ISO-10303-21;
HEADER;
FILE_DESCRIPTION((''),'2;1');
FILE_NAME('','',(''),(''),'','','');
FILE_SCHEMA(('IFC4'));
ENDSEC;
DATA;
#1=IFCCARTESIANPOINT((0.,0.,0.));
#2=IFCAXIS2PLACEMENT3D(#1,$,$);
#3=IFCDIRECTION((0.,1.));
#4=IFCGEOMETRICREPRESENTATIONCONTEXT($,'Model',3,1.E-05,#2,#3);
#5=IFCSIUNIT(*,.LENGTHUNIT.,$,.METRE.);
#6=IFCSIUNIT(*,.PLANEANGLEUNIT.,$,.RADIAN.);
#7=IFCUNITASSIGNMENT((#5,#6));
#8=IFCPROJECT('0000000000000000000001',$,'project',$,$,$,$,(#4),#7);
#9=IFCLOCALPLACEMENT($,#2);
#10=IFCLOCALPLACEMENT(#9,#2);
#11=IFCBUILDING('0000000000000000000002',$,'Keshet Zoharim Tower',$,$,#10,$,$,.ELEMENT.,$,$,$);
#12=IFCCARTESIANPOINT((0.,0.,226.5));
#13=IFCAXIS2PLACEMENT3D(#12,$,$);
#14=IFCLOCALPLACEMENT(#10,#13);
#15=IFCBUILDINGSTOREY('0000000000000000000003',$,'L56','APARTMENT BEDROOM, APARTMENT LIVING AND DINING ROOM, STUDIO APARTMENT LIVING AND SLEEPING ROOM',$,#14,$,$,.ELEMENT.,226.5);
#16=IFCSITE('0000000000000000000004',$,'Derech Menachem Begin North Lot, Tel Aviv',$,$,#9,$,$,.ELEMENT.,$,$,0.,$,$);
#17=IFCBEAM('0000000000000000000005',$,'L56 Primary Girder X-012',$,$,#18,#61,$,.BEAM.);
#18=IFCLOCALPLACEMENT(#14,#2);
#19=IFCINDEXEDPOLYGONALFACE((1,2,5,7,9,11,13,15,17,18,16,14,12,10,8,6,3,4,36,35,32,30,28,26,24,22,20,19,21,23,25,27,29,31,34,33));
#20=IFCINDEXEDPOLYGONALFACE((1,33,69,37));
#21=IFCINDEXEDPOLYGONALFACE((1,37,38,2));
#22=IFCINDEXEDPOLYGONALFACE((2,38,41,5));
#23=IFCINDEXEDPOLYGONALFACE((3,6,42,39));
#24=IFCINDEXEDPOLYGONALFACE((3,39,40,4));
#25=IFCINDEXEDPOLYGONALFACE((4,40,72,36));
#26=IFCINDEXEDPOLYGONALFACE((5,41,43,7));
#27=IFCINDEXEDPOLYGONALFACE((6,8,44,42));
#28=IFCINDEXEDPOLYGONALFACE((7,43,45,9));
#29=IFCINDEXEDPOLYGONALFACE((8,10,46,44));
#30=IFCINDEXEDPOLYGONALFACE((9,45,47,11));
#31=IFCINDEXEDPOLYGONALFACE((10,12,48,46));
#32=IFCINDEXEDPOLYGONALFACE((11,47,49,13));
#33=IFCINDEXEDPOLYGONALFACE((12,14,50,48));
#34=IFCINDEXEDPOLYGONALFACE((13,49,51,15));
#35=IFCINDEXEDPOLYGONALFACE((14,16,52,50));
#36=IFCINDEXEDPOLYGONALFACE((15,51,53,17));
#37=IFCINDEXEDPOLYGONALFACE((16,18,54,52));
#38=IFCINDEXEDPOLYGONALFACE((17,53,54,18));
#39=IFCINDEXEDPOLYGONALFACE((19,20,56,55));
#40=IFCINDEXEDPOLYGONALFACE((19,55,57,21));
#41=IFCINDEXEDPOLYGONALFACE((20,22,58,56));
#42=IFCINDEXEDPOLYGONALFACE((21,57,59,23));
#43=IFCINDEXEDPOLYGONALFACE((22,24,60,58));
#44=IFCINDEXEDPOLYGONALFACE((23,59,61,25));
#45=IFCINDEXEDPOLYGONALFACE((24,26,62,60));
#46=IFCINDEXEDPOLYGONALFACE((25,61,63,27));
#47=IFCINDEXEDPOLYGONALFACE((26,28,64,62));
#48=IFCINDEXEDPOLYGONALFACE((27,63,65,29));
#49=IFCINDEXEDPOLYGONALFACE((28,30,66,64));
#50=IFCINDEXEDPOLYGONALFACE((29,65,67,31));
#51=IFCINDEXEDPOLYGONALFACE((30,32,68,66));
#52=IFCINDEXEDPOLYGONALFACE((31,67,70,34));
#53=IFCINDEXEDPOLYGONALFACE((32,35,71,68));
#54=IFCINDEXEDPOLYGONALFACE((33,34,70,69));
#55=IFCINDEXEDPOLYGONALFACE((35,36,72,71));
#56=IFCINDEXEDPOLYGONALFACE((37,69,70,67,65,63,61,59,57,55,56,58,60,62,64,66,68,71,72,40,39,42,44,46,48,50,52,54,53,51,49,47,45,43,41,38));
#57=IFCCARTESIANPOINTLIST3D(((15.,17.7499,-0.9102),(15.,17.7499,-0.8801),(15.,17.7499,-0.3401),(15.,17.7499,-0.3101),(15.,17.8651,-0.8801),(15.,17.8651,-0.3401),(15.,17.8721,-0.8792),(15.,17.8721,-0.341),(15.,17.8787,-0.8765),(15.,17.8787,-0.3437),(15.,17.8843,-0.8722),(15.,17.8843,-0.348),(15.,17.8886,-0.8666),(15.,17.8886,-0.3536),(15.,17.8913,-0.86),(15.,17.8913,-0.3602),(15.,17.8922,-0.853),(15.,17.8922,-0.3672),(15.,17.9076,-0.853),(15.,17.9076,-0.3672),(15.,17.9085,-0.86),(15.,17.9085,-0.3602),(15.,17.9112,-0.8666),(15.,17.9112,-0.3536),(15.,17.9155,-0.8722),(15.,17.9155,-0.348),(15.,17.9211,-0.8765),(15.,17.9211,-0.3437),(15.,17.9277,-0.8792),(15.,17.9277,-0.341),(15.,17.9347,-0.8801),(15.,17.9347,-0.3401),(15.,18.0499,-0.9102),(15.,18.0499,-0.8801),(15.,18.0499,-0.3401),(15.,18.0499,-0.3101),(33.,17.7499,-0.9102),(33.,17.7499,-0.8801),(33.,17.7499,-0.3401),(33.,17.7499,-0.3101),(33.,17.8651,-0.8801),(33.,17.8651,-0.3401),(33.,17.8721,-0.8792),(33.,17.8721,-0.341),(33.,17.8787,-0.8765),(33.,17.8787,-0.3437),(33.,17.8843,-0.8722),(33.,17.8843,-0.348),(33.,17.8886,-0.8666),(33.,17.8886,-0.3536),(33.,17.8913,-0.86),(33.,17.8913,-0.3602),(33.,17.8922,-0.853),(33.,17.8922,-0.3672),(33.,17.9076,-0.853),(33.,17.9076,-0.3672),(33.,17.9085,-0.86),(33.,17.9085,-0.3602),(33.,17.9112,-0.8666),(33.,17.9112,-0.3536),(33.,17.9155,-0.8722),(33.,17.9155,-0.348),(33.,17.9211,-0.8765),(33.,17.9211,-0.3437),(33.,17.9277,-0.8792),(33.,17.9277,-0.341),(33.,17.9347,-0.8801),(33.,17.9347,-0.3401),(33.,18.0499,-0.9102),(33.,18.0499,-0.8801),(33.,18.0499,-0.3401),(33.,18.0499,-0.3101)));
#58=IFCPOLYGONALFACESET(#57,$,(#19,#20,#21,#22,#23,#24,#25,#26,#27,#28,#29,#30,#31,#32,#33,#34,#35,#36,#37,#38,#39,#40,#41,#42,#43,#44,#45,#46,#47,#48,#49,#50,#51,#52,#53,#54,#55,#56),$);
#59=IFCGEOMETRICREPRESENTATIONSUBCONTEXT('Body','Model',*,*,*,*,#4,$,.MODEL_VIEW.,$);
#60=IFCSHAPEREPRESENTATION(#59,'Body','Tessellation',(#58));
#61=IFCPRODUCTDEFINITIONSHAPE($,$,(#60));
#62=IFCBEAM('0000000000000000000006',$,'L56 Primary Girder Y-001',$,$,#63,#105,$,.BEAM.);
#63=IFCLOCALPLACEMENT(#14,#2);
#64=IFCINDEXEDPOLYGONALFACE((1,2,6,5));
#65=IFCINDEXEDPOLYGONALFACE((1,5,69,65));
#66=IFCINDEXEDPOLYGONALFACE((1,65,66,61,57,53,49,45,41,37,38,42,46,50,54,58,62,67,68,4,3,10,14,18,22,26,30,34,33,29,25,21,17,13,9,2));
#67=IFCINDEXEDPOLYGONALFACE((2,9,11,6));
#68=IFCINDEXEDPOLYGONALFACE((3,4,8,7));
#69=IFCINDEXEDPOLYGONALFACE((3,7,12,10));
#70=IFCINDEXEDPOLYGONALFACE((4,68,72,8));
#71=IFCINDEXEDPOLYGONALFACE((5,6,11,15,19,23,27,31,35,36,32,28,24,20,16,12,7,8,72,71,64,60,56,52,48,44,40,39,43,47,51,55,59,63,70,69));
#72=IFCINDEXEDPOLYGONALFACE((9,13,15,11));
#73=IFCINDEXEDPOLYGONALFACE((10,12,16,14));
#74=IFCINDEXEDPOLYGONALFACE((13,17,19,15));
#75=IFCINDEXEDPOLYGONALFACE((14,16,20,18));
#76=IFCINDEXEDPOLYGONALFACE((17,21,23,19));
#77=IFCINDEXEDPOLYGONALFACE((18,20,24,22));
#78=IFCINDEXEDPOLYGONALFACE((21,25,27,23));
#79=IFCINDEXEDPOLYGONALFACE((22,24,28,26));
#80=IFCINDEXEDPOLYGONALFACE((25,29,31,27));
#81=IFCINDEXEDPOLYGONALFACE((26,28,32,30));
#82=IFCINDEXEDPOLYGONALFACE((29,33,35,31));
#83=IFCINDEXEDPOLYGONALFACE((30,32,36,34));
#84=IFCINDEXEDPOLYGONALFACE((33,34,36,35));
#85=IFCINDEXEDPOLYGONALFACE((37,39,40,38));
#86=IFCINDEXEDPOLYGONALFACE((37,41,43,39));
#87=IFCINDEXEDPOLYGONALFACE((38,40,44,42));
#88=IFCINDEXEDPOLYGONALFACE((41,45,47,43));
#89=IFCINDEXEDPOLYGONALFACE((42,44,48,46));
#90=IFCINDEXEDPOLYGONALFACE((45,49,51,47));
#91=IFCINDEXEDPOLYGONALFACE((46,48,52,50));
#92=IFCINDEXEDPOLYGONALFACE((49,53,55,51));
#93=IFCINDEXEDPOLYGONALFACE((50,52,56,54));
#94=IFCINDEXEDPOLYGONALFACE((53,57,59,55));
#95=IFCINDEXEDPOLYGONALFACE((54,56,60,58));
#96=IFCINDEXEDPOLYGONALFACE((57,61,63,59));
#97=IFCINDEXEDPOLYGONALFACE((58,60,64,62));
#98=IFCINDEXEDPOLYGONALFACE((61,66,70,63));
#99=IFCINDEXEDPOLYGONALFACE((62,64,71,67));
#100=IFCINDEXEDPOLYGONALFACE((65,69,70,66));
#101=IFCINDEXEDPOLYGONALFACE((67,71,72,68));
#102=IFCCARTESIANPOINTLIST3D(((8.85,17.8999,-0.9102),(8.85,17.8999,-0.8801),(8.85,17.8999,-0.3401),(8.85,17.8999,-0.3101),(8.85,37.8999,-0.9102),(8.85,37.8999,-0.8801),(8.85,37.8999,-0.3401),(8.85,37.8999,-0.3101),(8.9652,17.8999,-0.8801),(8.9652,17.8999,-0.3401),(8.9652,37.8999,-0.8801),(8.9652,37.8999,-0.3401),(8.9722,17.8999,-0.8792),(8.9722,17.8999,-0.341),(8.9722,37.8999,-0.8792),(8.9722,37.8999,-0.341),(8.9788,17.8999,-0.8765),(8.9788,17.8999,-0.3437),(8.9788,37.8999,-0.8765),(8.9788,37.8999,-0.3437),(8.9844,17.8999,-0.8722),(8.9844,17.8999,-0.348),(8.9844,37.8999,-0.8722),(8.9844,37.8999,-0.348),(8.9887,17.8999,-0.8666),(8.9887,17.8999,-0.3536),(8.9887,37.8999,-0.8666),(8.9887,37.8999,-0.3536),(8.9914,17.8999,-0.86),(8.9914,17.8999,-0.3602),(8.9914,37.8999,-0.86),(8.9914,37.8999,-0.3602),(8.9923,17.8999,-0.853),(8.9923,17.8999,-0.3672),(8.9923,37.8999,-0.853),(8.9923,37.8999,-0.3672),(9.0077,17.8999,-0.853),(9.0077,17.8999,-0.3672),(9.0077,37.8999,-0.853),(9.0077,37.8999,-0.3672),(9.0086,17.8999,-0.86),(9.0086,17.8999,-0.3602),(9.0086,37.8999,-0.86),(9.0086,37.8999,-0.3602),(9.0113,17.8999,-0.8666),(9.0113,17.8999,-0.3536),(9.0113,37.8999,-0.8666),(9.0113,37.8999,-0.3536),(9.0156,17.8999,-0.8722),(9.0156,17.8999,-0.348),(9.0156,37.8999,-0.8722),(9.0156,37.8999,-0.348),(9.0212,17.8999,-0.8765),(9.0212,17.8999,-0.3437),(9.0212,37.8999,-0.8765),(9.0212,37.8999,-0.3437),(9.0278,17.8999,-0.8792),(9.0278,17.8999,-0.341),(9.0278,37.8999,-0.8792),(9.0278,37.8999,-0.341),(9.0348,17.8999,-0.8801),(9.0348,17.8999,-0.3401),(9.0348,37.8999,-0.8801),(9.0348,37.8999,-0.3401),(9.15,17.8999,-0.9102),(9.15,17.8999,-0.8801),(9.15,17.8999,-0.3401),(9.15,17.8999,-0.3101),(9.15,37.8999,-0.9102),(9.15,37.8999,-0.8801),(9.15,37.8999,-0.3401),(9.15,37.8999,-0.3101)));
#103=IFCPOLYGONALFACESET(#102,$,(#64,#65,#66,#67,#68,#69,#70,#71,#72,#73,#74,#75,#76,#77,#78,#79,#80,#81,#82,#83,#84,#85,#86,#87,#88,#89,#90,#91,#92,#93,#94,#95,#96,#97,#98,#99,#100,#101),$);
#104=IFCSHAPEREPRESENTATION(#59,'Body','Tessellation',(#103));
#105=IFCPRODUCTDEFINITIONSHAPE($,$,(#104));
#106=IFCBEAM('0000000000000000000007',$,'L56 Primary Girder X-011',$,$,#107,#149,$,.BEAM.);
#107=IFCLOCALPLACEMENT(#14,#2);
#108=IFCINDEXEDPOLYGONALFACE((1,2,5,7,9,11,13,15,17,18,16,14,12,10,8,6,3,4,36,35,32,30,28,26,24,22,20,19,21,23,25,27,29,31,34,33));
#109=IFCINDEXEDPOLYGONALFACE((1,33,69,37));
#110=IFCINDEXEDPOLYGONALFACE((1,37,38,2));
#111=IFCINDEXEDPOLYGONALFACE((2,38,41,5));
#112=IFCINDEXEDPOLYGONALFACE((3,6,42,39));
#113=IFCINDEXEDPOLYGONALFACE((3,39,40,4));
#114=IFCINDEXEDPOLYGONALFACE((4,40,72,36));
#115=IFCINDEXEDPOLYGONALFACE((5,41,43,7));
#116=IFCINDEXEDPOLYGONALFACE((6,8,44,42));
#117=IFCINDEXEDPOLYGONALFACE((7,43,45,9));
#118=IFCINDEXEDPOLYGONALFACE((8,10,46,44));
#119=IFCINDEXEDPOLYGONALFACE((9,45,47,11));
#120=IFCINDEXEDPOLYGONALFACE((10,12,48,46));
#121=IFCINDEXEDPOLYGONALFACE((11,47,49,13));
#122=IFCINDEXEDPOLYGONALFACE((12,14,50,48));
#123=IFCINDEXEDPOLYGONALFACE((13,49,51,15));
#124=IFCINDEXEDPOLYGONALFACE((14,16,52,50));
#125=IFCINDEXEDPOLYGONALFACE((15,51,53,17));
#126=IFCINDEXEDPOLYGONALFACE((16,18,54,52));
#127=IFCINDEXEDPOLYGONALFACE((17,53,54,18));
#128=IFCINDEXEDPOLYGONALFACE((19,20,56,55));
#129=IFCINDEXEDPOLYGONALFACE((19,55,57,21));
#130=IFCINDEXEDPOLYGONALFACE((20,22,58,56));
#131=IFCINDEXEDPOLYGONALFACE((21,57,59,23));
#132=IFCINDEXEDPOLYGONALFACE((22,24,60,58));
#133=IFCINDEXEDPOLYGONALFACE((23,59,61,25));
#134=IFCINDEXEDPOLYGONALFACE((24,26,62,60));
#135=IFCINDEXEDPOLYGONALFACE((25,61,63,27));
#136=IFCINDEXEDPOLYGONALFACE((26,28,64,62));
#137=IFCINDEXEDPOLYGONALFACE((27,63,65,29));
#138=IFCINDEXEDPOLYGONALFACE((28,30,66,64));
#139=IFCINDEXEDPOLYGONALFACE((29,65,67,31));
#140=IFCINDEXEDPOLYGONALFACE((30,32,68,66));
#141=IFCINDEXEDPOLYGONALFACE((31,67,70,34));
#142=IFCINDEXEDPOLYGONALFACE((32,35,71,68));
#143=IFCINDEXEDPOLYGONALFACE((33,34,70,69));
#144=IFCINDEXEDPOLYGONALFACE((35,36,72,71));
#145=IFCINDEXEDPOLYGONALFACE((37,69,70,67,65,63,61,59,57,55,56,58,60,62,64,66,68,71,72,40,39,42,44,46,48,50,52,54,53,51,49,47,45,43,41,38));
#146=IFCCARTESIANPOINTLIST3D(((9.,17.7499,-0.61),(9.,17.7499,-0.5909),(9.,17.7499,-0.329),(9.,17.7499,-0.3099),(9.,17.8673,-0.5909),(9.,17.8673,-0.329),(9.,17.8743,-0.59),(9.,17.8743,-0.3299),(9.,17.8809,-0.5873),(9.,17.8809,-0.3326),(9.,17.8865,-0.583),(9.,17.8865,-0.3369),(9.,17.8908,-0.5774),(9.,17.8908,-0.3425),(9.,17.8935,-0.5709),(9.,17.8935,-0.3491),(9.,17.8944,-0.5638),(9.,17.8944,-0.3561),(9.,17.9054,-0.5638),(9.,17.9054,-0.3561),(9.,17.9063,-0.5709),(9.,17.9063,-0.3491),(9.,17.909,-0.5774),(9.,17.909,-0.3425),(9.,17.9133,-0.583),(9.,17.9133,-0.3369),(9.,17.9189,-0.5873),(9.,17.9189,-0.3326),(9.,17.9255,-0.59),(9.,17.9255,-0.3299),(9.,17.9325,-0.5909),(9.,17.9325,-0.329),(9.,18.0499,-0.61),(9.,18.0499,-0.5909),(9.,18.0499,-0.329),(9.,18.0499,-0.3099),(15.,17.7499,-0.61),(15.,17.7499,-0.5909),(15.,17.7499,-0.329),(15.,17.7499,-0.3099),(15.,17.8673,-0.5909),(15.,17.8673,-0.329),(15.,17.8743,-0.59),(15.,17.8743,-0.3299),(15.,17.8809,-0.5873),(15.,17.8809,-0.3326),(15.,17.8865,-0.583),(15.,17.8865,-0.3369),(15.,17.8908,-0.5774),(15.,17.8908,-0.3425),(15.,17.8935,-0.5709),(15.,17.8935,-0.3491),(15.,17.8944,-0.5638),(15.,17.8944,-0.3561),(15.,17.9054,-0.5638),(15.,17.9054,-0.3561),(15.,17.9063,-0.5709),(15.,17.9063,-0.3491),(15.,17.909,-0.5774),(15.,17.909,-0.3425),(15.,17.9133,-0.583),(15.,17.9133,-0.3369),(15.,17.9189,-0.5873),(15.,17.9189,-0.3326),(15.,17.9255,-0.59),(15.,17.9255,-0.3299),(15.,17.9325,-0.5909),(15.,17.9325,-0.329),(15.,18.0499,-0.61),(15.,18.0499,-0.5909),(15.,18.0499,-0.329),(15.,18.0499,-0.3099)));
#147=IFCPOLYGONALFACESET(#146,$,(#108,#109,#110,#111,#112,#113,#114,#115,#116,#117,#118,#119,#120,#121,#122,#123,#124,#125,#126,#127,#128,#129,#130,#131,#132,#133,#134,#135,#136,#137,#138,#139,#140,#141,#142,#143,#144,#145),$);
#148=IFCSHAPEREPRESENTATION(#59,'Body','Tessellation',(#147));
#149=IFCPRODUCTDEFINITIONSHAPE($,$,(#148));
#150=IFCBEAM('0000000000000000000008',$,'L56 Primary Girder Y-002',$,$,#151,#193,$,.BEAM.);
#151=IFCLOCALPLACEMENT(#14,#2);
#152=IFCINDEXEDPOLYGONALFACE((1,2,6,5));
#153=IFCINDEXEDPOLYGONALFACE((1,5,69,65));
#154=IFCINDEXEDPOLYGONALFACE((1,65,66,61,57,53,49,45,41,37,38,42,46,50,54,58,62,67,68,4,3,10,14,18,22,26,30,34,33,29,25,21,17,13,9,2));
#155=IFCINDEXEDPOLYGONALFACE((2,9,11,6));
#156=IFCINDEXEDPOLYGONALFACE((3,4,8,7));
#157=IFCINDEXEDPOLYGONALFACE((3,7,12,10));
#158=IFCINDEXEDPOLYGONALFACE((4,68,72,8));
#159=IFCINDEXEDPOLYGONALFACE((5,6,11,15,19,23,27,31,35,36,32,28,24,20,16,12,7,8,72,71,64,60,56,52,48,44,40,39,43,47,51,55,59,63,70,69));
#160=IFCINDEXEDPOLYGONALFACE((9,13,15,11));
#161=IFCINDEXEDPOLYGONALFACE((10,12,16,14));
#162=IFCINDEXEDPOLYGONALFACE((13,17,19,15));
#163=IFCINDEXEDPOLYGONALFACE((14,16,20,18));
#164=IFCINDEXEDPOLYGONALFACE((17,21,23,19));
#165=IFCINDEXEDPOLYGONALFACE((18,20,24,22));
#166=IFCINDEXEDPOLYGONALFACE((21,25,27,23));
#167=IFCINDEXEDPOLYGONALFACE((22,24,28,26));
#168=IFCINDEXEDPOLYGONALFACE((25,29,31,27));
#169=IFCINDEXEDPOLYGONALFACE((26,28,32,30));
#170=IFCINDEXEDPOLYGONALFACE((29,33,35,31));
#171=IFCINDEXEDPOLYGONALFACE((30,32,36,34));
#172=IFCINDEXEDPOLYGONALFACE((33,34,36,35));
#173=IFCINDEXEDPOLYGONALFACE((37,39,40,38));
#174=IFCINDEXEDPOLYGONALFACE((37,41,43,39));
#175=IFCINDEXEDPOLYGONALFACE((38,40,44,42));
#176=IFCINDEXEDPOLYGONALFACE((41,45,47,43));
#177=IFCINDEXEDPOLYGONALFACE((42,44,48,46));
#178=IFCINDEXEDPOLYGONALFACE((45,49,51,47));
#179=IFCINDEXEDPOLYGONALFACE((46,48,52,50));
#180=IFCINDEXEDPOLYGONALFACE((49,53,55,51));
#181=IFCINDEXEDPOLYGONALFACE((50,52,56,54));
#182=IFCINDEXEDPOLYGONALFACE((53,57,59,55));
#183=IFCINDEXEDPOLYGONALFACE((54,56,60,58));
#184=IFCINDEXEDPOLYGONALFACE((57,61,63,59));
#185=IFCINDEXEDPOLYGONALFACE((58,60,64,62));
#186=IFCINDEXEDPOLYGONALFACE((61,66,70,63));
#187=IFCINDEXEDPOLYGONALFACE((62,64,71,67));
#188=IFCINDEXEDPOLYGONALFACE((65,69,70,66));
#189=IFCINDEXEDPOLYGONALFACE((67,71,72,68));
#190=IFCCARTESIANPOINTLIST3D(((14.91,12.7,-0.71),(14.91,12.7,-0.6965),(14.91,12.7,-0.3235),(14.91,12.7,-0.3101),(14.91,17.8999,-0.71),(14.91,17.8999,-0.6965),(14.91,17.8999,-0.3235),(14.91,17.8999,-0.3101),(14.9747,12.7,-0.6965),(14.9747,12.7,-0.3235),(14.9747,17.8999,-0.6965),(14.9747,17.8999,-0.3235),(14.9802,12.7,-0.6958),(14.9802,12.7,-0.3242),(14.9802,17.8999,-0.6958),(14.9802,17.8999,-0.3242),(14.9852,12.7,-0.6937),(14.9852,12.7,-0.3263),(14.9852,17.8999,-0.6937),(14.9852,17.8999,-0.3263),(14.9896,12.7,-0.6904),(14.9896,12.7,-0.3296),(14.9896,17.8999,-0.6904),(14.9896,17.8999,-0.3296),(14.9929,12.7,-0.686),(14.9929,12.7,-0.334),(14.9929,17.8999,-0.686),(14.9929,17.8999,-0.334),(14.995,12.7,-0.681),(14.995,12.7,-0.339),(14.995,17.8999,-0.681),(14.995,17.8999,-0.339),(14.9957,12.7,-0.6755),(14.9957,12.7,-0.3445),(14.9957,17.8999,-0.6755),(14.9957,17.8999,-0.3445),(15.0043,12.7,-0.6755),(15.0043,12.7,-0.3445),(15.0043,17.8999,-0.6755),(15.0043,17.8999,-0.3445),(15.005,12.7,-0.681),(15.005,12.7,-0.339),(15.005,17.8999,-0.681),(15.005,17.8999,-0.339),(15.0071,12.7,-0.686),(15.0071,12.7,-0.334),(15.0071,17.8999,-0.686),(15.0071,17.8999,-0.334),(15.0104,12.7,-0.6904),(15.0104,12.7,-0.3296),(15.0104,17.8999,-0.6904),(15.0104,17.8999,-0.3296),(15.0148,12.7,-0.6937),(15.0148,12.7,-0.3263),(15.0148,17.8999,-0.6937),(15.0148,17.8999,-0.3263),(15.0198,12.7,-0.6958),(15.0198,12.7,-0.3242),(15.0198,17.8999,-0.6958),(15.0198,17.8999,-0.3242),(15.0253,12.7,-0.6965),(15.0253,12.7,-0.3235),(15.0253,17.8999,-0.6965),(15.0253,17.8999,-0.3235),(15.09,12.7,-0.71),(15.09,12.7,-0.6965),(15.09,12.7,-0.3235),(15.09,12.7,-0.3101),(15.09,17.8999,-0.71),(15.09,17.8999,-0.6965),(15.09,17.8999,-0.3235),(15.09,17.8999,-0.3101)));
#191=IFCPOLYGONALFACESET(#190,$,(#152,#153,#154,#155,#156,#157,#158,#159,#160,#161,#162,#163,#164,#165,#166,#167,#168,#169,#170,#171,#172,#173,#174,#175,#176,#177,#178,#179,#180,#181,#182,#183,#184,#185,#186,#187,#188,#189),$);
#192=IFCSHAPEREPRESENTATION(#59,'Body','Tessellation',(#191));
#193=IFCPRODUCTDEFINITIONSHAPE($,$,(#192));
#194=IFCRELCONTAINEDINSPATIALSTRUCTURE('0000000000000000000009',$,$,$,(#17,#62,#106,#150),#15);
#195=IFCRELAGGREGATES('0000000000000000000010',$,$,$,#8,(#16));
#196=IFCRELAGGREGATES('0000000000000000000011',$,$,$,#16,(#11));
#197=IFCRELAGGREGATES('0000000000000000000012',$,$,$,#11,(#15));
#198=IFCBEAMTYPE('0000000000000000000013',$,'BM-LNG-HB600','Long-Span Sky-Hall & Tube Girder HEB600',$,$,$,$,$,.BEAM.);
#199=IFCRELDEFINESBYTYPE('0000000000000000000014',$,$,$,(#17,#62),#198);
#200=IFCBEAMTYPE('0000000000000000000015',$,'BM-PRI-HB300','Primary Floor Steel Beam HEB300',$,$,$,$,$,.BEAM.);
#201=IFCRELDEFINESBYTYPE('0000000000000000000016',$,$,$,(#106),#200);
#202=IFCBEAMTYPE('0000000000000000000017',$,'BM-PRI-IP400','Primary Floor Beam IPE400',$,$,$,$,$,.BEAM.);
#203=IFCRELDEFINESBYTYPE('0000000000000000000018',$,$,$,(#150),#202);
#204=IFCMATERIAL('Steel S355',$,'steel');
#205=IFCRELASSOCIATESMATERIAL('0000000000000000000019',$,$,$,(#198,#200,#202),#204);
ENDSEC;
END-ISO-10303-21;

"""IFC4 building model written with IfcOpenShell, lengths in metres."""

from ifc_helpers import new_model, si_unit, direction, frame, origin, origin_2d, place, context, subcontext, project, spatial, i_section, extrude, material, material_profile, profile_set, type_object, element, save


model = new_model("IFC4")

# Units and contexts
model_context = context("Model", 3, precision=1e-05, world=origin(), true_north=direction((0.0, 1.0)))
body_context = subcontext(model_context, "Body", "Model", "MODEL_VIEW")
ifc_project = project(units=[si_unit("LENGTHUNIT", "METRE"), si_unit("PLANEANGLEUNIT", "RADIAN")], contexts=[model_context])

# Site, building, storey
site_placement = place(None, origin())
site = spatial("IfcSite", under=ifc_project, at=site_placement, Name="Derech Menachem Begin North Lot, Tel Aviv", CompositionType="ELEMENT", RefElevation=0.0)
building_placement = place(site_placement, origin())
building = spatial("IfcBuilding", under=site, at=building_placement, Name="Keshet Zoharim Tower", CompositionType="ELEMENT")
storey_placement = place(building_placement, frame((0.0, 0.0, 226.5)))
storey = spatial("IfcBuildingStorey", under=building, at=storey_placement, Name="L56", Description="APARTMENT BEDROOM, APARTMENT LIVING AND DINING ROOM, STUDIO APARTMENT LIVING AND SLEEPING ROOM", CompositionType="ELEMENT", Elevation=226.5)

# Shared definitions
ifc_material_1 = material(Name="Steel S355", Category="steel")

# Beams
ifc_material_profile_1 = material_profile(ifc_material_1, i_section(OverallWidth=0.3, OverallDepth=0.6001, WebThickness=0.0154, FlangeThickness=0.03, FilletRadius=0.0271, at=origin_2d()), Name="HEB600")
ifc_profile_set_1 = profile_set([ifc_material_profile_1], Name="Steel S355")
beam_type_1 = type_object("IfcBeamType", Name="BM-LNG-HB600", Description="Long-Span Sky-Hall & Tube Girder HEB600", PredefinedType="BEAM", material=ifc_profile_set_1)
for number, where, z_axis, x_axis, name in (
    (1, (15.0, 17.8999, -0.6101), (1.0, 0.0, 0.0), (0.0, 1.0, 0.0), "L56 Primary Girder X-012"),
):
    element("IfcBeam", number, at=place(storey_placement, frame(where, z_axis=z_axis, x_axis=x_axis)), inside=storey, type_object=beam_type_1, Name=name, PredefinedType="BEAM", context=body_context, shape_type="SweptSolid", body=[
        extrude(i_section(OverallWidth=0.3, OverallDepth=0.6001, WebThickness=0.0154, FlangeThickness=0.03, FilletRadius=0.0271, at=origin_2d()), origin(), (0.0, 0.0, 1.0), 18.0),
    ])
beam_1_placement = place(storey_placement, frame((9.0, 17.8999, -0.6101), z_axis=(0.0, 1.0, 0.0), x_axis=(-1.0, 0.0, 0.0)))
element("IfcBeam", 2, at=beam_1_placement, inside=storey, type_object=beam_type_1, Name="L56 Primary Girder Y-001", PredefinedType="BEAM", context=body_context, shape_type="SweptSolid", body=[
    extrude(i_section(OverallWidth=0.3, OverallDepth=0.6001, WebThickness=0.0154, FlangeThickness=0.03, FilletRadius=0.0271, at=origin_2d()), origin(), (0.0, 0.0, 1.0), 20.0),
])
ifc_material_profile_2 = material_profile(ifc_material_1, i_section(OverallWidth=0.3, OverallDepth=0.3, WebThickness=0.011, FlangeThickness=0.019, FilletRadius=0.0271, at=origin_2d()), Name="HEB300")
ifc_profile_set_2 = profile_set([ifc_material_profile_2], Name="Steel S355")
beam_type_2 = type_object("IfcBeamType", Name="BM-PRI-HB300", Description="Primary Floor Steel Beam HEB300", PredefinedType="BEAM", material=ifc_profile_set_2)
beam_2_placement = place(storey_placement, frame((9.0, 17.8999, -0.46), z_axis=(1.0, 0.0, 0.0), x_axis=(0.0, 1.0, 0.0)))
element("IfcBeam", 3, at=beam_2_placement, inside=storey, type_object=beam_type_2, Name="L56 Primary Girder X-011", PredefinedType="BEAM", context=body_context, shape_type="SweptSolid", body=[
    extrude(i_section(OverallWidth=0.3, OverallDepth=0.3, WebThickness=0.011, FlangeThickness=0.019, FilletRadius=0.0271, at=origin_2d()), origin(), (0.0, 0.0, 1.0), 6.0),
])
ifc_material_profile_3 = material_profile(ifc_material_1, i_section(OverallWidth=0.1799, OverallDepth=0.3999, WebThickness=0.0085, FlangeThickness=0.0134, FilletRadius=0.021, at=origin_2d()), Name="IPE400")
ifc_profile_set_3 = profile_set([ifc_material_profile_3], Name="Steel S355")
beam_type_3 = type_object("IfcBeamType", Name="BM-PRI-IP400", Description="Primary Floor Beam IPE400", PredefinedType="BEAM", material=ifc_profile_set_3)
beam_3_placement = place(storey_placement, frame((15.0, 12.7, -0.51), z_axis=(0.0, 1.0, 0.0), x_axis=(-1.0, 0.0, 0.0)))
element("IfcBeam", 4, at=beam_3_placement, inside=storey, type_object=beam_type_3, Name="L56 Primary Girder Y-002", PredefinedType="BEAM", context=body_context, shape_type="SweptSolid", body=[
    extrude(i_section(OverallWidth=0.1799, OverallDepth=0.3999, WebThickness=0.0085, FlangeThickness=0.0134, FilletRadius=0.021, at=origin_2d()), origin(), (0.0, 0.0, 1.0), 5.2),
])

save(model, "model.ifc")
